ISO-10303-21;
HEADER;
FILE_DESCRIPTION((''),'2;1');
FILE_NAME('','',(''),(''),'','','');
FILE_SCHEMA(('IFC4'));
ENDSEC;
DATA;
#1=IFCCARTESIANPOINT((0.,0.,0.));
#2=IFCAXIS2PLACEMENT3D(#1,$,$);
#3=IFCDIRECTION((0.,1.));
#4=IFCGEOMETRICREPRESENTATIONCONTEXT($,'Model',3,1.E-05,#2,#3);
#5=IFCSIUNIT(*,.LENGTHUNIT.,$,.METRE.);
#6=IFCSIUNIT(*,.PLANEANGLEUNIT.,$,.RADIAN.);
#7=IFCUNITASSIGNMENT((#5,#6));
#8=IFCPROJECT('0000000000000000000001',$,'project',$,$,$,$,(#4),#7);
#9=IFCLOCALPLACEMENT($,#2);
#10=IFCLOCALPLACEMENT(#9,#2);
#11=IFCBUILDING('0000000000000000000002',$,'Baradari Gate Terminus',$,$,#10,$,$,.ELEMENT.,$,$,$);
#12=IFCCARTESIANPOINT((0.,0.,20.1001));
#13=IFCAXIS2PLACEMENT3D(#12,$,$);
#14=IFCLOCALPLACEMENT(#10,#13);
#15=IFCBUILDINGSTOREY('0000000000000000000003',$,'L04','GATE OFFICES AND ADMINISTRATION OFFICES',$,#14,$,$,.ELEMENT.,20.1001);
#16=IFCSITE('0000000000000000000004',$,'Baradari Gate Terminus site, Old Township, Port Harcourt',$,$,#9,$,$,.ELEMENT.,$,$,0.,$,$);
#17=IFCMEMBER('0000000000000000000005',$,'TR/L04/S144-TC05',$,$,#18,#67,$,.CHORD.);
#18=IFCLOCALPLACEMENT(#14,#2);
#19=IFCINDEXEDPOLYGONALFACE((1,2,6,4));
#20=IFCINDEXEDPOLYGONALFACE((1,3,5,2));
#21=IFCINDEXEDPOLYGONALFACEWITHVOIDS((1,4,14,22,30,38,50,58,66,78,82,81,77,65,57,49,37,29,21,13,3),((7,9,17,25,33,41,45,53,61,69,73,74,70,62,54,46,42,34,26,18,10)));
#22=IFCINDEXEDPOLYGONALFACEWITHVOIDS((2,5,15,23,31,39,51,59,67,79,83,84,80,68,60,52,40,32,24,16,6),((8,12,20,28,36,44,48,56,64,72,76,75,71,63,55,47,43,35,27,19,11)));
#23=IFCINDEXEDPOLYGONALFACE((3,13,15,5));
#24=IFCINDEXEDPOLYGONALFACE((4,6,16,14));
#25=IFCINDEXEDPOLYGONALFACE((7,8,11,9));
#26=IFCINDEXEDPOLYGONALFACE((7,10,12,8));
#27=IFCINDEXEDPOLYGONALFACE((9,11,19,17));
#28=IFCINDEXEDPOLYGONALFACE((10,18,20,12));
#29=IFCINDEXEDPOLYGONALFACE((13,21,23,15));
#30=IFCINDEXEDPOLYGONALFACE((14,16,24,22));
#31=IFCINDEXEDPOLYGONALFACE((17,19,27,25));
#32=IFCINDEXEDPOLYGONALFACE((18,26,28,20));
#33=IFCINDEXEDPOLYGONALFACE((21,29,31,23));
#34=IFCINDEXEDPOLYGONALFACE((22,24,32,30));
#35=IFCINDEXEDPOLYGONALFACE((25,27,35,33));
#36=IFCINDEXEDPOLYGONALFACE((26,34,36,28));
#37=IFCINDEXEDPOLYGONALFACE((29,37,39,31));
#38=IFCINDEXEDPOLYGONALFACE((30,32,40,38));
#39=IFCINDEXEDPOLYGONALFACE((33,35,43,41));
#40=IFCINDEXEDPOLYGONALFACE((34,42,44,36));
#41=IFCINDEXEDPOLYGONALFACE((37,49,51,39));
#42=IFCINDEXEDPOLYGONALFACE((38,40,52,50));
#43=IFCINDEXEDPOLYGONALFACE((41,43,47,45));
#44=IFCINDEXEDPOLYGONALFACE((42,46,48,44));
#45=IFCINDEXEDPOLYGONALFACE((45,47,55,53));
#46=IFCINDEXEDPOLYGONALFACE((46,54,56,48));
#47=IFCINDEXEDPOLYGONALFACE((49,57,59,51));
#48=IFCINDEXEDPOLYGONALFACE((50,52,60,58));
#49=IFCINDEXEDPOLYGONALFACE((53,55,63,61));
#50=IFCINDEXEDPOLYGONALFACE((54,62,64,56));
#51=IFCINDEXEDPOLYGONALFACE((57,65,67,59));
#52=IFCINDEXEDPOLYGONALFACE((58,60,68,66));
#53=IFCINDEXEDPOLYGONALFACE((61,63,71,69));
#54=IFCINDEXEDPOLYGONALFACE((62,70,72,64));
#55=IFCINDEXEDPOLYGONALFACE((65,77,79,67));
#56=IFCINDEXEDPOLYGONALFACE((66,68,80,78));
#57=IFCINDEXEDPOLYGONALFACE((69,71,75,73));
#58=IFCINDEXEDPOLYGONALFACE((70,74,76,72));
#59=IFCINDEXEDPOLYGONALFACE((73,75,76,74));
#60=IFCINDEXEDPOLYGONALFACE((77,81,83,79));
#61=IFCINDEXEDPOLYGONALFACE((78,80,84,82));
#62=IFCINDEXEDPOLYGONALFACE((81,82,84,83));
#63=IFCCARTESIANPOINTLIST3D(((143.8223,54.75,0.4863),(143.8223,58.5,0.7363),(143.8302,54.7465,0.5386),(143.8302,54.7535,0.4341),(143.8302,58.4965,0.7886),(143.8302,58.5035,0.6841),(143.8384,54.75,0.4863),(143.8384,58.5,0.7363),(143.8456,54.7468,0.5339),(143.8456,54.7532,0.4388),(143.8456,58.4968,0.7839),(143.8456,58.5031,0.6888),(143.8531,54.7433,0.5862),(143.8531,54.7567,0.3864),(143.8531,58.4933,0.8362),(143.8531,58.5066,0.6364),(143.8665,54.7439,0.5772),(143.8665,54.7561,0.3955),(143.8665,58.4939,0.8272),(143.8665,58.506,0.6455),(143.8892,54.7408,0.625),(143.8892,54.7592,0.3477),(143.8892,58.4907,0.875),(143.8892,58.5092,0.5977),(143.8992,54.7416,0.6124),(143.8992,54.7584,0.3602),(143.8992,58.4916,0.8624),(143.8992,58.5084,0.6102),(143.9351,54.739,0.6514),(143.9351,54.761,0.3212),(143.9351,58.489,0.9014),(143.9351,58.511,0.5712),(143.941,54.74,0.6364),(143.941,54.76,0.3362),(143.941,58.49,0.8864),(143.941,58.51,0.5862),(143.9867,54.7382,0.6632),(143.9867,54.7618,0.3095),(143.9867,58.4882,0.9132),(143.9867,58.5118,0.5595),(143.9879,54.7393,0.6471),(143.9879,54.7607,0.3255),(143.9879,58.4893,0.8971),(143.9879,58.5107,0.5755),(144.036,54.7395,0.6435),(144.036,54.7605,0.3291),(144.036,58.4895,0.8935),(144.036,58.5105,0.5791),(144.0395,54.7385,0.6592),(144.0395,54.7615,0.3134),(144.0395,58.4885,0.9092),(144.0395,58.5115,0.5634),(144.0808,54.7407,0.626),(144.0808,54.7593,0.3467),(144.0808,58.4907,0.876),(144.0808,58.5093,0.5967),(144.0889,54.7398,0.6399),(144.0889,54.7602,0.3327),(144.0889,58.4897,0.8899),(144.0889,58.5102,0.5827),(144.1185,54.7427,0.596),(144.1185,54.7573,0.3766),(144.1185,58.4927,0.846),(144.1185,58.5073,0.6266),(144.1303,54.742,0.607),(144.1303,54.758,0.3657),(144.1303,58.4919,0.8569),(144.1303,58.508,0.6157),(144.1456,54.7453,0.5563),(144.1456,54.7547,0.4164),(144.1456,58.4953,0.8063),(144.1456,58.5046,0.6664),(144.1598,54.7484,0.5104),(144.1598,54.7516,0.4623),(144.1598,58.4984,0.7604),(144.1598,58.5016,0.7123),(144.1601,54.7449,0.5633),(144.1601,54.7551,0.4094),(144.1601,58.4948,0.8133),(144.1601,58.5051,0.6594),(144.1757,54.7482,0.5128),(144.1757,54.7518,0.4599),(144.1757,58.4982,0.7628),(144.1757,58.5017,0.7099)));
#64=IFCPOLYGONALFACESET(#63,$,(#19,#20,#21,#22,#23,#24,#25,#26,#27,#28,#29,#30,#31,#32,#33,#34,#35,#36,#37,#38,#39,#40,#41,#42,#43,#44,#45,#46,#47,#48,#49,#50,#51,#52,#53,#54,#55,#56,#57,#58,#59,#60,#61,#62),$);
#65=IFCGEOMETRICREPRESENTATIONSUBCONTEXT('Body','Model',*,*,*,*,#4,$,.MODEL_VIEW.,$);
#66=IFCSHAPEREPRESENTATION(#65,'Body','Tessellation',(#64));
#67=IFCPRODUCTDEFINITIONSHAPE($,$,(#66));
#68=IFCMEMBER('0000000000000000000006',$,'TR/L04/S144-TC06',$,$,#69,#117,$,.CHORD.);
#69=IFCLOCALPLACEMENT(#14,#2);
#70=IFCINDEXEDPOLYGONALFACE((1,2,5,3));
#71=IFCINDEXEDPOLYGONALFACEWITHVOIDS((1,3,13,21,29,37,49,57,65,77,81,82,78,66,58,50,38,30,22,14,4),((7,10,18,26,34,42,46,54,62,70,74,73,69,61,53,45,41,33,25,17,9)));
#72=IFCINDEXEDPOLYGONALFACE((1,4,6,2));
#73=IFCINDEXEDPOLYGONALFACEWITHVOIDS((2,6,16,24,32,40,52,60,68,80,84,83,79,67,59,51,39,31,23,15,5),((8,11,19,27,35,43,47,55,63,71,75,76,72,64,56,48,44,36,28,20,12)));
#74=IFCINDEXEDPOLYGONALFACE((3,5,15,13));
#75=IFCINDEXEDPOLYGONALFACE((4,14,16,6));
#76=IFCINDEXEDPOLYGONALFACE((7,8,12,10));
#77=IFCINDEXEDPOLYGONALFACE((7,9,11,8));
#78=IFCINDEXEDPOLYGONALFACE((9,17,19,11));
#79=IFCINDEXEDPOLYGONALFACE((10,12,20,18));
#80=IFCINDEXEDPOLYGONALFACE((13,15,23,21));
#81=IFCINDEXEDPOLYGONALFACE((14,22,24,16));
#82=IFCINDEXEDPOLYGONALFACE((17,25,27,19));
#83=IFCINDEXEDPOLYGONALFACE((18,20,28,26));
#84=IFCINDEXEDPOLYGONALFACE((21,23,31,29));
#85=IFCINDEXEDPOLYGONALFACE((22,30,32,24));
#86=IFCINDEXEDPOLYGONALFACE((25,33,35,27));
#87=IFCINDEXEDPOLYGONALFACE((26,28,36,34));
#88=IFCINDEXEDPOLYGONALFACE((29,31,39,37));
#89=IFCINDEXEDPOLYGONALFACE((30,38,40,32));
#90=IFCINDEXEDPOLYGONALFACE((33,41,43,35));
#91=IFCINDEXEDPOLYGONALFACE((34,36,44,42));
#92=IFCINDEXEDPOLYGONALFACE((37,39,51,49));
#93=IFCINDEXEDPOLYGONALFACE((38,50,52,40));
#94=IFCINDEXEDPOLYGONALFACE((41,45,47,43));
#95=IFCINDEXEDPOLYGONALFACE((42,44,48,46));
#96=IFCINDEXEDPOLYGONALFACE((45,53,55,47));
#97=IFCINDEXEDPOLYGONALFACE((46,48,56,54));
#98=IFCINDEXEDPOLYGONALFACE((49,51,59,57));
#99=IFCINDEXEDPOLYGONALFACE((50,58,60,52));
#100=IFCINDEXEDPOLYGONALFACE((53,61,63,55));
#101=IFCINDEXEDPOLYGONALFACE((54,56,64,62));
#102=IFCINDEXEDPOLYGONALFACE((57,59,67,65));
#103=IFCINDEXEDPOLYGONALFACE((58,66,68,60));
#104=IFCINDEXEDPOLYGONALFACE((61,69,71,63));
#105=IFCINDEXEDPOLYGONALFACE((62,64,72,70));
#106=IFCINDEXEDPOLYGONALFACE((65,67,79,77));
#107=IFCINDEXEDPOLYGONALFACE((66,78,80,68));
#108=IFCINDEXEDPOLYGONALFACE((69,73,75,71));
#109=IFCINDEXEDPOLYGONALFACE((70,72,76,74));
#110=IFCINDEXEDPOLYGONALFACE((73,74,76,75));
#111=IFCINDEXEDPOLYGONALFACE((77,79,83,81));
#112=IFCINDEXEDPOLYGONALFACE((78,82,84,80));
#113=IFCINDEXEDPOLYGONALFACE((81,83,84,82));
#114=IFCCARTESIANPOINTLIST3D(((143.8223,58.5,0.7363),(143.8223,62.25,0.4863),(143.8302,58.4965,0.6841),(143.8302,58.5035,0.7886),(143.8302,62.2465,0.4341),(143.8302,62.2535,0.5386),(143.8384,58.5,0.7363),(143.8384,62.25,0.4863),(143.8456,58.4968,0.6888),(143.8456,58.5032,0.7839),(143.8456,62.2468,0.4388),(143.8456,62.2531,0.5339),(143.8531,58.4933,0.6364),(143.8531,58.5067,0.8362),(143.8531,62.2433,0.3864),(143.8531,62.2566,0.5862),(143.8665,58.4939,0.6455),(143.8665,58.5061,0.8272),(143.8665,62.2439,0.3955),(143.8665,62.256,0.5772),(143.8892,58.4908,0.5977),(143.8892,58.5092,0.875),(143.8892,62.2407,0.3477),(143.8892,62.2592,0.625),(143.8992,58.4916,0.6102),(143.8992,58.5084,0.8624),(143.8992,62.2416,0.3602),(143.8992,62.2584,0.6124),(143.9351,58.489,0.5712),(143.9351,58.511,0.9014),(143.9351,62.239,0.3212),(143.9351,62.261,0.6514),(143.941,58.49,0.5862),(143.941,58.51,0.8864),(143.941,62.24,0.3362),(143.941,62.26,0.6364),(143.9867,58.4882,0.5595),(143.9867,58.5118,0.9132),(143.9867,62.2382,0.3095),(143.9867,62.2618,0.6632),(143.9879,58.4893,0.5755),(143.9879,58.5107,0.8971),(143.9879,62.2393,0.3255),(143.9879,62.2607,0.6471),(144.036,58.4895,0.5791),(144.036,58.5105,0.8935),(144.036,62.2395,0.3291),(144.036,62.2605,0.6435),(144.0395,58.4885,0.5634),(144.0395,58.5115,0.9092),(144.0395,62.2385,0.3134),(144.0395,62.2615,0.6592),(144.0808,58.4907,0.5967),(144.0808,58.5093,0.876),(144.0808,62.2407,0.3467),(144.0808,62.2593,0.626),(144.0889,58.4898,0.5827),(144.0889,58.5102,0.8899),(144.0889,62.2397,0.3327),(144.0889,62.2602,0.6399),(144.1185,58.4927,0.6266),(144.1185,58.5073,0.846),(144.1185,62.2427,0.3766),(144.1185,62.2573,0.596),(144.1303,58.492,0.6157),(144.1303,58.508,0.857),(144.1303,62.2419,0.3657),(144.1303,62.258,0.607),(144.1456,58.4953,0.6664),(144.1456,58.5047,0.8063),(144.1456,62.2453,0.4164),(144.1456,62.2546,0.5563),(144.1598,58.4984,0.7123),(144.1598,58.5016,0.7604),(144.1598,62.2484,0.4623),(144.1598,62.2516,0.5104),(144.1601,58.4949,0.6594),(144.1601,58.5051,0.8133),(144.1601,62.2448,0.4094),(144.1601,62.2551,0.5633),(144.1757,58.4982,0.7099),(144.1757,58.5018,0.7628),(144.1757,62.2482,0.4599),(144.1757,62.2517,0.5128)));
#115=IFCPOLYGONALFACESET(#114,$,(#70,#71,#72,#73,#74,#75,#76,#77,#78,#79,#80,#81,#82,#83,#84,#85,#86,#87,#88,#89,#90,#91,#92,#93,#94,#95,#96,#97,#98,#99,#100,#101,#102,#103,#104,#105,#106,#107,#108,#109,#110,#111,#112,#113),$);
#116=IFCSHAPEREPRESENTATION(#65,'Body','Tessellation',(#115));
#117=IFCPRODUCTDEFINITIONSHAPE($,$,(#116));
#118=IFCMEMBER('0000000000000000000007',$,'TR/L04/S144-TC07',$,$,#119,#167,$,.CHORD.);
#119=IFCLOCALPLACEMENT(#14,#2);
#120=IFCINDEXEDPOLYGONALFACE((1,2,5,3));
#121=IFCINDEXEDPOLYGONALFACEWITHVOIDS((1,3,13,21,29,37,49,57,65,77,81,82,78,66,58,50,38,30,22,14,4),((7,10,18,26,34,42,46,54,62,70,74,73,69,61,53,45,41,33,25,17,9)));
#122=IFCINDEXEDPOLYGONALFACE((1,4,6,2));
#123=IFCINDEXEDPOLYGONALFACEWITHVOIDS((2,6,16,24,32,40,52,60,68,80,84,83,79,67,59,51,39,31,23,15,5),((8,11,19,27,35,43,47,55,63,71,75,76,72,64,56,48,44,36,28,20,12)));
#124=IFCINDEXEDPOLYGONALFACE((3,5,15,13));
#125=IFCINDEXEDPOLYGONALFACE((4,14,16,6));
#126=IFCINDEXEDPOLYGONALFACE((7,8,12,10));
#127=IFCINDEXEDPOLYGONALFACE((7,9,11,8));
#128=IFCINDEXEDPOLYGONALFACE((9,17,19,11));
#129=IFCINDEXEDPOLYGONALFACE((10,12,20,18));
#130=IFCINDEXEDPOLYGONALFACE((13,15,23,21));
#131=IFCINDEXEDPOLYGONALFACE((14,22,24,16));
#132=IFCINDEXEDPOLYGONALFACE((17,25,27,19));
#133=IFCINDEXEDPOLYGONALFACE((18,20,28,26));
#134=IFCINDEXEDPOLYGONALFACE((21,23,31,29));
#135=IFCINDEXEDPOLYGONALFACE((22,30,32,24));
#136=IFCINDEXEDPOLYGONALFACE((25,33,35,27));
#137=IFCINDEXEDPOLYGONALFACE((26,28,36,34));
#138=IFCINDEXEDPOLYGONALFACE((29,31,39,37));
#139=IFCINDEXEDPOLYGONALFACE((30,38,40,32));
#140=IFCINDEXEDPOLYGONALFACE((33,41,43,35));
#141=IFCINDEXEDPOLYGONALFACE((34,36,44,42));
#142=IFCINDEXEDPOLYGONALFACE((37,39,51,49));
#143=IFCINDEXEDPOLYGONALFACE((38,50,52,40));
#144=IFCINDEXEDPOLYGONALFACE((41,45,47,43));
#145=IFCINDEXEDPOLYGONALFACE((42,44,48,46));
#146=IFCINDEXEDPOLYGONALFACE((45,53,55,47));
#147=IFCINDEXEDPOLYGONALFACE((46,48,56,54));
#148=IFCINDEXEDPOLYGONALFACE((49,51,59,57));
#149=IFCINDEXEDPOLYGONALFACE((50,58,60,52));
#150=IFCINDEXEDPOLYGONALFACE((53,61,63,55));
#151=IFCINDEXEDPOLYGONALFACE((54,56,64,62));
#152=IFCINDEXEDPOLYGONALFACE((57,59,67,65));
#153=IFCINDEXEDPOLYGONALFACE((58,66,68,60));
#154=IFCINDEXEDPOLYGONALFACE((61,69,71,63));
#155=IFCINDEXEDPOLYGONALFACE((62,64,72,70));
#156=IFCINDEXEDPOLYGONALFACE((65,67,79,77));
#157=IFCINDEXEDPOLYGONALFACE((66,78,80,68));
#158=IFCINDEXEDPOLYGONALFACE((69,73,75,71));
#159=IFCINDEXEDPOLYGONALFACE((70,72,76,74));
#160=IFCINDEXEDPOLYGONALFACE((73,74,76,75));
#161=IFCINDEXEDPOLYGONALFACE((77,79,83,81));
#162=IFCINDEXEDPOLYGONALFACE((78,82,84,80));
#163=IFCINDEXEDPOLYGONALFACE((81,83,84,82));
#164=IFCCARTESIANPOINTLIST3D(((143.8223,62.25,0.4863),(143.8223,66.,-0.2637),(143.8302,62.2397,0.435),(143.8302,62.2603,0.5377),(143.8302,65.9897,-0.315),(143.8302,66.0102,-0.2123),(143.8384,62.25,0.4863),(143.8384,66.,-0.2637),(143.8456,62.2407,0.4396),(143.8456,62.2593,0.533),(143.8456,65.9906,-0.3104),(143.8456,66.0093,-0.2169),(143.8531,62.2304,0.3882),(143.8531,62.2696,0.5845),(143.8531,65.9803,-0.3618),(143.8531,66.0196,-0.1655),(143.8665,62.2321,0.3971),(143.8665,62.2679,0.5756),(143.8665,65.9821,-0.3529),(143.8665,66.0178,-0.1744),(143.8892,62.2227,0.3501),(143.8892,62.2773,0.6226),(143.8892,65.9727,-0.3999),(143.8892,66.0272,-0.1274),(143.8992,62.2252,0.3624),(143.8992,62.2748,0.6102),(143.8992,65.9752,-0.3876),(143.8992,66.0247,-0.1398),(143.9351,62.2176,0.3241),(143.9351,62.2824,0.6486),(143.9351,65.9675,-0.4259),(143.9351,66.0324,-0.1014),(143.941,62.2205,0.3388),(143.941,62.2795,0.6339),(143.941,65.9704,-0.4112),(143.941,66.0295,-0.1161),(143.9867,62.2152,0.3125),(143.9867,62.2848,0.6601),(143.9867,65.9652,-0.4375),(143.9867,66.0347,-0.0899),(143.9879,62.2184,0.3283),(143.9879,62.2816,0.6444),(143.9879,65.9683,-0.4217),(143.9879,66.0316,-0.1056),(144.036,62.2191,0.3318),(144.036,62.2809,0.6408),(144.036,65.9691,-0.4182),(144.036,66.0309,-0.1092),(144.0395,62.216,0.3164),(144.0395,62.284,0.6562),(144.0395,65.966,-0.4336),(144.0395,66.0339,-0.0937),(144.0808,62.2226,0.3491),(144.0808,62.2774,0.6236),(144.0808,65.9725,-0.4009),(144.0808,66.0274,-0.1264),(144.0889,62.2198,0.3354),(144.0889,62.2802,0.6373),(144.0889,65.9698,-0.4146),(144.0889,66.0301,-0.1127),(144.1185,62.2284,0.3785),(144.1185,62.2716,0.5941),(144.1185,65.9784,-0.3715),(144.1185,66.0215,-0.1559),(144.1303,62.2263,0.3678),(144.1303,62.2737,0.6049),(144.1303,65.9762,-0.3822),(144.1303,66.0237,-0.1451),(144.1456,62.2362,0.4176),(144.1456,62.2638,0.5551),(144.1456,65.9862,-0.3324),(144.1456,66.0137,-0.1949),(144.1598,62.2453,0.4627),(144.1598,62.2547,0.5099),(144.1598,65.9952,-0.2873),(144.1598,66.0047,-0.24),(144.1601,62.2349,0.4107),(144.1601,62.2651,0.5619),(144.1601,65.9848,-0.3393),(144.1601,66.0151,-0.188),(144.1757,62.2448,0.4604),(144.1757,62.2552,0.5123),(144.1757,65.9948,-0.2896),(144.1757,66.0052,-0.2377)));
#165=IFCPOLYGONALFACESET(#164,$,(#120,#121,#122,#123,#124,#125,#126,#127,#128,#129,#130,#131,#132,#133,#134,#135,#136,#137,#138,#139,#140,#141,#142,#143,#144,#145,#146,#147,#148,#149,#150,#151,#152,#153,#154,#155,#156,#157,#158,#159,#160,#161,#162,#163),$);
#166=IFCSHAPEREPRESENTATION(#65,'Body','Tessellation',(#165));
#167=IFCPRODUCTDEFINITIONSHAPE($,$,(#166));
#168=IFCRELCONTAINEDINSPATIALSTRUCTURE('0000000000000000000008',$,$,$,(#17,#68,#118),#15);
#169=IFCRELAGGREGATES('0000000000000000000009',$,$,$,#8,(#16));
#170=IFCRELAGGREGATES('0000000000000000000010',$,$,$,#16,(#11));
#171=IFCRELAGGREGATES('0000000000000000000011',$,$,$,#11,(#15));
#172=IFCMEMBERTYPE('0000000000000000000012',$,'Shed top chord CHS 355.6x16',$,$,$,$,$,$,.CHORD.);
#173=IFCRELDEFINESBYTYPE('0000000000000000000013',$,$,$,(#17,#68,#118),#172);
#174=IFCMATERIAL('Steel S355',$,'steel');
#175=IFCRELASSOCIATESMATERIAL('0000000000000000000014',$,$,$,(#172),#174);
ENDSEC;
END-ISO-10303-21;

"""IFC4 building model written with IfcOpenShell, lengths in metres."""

from ifc_helpers import new_model, si_unit, direction, frame, origin, origin_2d, place, context, subcontext, project, spatial, hollow_circle, extrude, material, material_profile, profile_set, type_object, element, save


model = new_model("IFC4")

# Units and contexts
model_context = context("Model", 3, precision=1e-05, world=origin(), true_north=direction((0.0, 1.0)))
body_context = subcontext(model_context, "Body", "Model", "MODEL_VIEW")
ifc_project = project(units=[si_unit("LENGTHUNIT", "METRE"), si_unit("PLANEANGLEUNIT", "RADIAN")], contexts=[model_context])

# Site, building, storey
site_placement = place(None, origin())
site = spatial("IfcSite", under=ifc_project, at=site_placement, Name="Baradari Gate Terminus site, Old Township, Port Harcourt", CompositionType="ELEMENT", RefElevation=0.0)
building_placement = place(site_placement, origin())
building = spatial("IfcBuilding", under=site, at=building_placement, Name="Baradari Gate Terminus", CompositionType="ELEMENT")
storey_placement = place(building_placement, frame((0.0, 0.0, 20.1001)))
storey = spatial("IfcBuildingStorey", under=building, at=storey_placement, Name="L04", Description="GATE OFFICES AND ADMINISTRATION OFFICES", CompositionType="ELEMENT", Elevation=20.1001)

# Members
ifc_material_1 = material(Name="Steel S355", Category="steel")
ifc_material_profile_1 = material_profile(ifc_material_1, hollow_circle(Radius=0.1777, WallThickness=0.0161, at=origin_2d()), Name="CHS 355.6x16")
ifc_profile_set_1 = profile_set([ifc_material_profile_1], Name="Steel S355")
member_type_1 = type_object("IfcMemberType", Name="Shed top chord CHS 355.6x16", PredefinedType="CHORD", material=ifc_profile_set_1)
for number, where, z_axis, x_axis, name in (
    (1, (144.0, 54.75, 0.4863), (0.0, 0.997785, 0.066519), (-1.0, 0.0, 0.0), "TR/L04/S144-TC05"),
    (2, (144.0, 58.5, 0.7363), (0.0, 0.997785, -0.066519), (-1.0, 0.0, 0.0), "TR/L04/S144-TC06"),
):
    element("IfcMember", number, at=place(storey_placement, frame(where, z_axis=z_axis, x_axis=x_axis)), inside=storey, type_object=member_type_1, Name=name, PredefinedType="CHORD", context=body_context, shape_type="SweptSolid", body=[
        extrude(hollow_circle(Radius=0.1777, WallThickness=0.0161, at=origin_2d()), origin(), (0.0, 0.0, 1.0), 3.7583),
    ])
for number, where, z_axis, x_axis, name in (
    (3, (144.0, 62.25, 0.4863), (0.0, 0.980581, -0.196116), (-1.0, 0.0, 0.0), "TR/L04/S144-TC07"),
):
    element("IfcMember", number, at=place(storey_placement, frame(where, z_axis=z_axis, x_axis=x_axis)), inside=storey, type_object=member_type_1, Name=name, PredefinedType="CHORD", context=body_context, shape_type="SweptSolid", body=[
        extrude(hollow_circle(Radius=0.1777, WallThickness=0.0161, at=origin_2d()), origin(), (0.0, 0.0, 1.0), 3.8242),
    ])

save(model, "model.ifc")
